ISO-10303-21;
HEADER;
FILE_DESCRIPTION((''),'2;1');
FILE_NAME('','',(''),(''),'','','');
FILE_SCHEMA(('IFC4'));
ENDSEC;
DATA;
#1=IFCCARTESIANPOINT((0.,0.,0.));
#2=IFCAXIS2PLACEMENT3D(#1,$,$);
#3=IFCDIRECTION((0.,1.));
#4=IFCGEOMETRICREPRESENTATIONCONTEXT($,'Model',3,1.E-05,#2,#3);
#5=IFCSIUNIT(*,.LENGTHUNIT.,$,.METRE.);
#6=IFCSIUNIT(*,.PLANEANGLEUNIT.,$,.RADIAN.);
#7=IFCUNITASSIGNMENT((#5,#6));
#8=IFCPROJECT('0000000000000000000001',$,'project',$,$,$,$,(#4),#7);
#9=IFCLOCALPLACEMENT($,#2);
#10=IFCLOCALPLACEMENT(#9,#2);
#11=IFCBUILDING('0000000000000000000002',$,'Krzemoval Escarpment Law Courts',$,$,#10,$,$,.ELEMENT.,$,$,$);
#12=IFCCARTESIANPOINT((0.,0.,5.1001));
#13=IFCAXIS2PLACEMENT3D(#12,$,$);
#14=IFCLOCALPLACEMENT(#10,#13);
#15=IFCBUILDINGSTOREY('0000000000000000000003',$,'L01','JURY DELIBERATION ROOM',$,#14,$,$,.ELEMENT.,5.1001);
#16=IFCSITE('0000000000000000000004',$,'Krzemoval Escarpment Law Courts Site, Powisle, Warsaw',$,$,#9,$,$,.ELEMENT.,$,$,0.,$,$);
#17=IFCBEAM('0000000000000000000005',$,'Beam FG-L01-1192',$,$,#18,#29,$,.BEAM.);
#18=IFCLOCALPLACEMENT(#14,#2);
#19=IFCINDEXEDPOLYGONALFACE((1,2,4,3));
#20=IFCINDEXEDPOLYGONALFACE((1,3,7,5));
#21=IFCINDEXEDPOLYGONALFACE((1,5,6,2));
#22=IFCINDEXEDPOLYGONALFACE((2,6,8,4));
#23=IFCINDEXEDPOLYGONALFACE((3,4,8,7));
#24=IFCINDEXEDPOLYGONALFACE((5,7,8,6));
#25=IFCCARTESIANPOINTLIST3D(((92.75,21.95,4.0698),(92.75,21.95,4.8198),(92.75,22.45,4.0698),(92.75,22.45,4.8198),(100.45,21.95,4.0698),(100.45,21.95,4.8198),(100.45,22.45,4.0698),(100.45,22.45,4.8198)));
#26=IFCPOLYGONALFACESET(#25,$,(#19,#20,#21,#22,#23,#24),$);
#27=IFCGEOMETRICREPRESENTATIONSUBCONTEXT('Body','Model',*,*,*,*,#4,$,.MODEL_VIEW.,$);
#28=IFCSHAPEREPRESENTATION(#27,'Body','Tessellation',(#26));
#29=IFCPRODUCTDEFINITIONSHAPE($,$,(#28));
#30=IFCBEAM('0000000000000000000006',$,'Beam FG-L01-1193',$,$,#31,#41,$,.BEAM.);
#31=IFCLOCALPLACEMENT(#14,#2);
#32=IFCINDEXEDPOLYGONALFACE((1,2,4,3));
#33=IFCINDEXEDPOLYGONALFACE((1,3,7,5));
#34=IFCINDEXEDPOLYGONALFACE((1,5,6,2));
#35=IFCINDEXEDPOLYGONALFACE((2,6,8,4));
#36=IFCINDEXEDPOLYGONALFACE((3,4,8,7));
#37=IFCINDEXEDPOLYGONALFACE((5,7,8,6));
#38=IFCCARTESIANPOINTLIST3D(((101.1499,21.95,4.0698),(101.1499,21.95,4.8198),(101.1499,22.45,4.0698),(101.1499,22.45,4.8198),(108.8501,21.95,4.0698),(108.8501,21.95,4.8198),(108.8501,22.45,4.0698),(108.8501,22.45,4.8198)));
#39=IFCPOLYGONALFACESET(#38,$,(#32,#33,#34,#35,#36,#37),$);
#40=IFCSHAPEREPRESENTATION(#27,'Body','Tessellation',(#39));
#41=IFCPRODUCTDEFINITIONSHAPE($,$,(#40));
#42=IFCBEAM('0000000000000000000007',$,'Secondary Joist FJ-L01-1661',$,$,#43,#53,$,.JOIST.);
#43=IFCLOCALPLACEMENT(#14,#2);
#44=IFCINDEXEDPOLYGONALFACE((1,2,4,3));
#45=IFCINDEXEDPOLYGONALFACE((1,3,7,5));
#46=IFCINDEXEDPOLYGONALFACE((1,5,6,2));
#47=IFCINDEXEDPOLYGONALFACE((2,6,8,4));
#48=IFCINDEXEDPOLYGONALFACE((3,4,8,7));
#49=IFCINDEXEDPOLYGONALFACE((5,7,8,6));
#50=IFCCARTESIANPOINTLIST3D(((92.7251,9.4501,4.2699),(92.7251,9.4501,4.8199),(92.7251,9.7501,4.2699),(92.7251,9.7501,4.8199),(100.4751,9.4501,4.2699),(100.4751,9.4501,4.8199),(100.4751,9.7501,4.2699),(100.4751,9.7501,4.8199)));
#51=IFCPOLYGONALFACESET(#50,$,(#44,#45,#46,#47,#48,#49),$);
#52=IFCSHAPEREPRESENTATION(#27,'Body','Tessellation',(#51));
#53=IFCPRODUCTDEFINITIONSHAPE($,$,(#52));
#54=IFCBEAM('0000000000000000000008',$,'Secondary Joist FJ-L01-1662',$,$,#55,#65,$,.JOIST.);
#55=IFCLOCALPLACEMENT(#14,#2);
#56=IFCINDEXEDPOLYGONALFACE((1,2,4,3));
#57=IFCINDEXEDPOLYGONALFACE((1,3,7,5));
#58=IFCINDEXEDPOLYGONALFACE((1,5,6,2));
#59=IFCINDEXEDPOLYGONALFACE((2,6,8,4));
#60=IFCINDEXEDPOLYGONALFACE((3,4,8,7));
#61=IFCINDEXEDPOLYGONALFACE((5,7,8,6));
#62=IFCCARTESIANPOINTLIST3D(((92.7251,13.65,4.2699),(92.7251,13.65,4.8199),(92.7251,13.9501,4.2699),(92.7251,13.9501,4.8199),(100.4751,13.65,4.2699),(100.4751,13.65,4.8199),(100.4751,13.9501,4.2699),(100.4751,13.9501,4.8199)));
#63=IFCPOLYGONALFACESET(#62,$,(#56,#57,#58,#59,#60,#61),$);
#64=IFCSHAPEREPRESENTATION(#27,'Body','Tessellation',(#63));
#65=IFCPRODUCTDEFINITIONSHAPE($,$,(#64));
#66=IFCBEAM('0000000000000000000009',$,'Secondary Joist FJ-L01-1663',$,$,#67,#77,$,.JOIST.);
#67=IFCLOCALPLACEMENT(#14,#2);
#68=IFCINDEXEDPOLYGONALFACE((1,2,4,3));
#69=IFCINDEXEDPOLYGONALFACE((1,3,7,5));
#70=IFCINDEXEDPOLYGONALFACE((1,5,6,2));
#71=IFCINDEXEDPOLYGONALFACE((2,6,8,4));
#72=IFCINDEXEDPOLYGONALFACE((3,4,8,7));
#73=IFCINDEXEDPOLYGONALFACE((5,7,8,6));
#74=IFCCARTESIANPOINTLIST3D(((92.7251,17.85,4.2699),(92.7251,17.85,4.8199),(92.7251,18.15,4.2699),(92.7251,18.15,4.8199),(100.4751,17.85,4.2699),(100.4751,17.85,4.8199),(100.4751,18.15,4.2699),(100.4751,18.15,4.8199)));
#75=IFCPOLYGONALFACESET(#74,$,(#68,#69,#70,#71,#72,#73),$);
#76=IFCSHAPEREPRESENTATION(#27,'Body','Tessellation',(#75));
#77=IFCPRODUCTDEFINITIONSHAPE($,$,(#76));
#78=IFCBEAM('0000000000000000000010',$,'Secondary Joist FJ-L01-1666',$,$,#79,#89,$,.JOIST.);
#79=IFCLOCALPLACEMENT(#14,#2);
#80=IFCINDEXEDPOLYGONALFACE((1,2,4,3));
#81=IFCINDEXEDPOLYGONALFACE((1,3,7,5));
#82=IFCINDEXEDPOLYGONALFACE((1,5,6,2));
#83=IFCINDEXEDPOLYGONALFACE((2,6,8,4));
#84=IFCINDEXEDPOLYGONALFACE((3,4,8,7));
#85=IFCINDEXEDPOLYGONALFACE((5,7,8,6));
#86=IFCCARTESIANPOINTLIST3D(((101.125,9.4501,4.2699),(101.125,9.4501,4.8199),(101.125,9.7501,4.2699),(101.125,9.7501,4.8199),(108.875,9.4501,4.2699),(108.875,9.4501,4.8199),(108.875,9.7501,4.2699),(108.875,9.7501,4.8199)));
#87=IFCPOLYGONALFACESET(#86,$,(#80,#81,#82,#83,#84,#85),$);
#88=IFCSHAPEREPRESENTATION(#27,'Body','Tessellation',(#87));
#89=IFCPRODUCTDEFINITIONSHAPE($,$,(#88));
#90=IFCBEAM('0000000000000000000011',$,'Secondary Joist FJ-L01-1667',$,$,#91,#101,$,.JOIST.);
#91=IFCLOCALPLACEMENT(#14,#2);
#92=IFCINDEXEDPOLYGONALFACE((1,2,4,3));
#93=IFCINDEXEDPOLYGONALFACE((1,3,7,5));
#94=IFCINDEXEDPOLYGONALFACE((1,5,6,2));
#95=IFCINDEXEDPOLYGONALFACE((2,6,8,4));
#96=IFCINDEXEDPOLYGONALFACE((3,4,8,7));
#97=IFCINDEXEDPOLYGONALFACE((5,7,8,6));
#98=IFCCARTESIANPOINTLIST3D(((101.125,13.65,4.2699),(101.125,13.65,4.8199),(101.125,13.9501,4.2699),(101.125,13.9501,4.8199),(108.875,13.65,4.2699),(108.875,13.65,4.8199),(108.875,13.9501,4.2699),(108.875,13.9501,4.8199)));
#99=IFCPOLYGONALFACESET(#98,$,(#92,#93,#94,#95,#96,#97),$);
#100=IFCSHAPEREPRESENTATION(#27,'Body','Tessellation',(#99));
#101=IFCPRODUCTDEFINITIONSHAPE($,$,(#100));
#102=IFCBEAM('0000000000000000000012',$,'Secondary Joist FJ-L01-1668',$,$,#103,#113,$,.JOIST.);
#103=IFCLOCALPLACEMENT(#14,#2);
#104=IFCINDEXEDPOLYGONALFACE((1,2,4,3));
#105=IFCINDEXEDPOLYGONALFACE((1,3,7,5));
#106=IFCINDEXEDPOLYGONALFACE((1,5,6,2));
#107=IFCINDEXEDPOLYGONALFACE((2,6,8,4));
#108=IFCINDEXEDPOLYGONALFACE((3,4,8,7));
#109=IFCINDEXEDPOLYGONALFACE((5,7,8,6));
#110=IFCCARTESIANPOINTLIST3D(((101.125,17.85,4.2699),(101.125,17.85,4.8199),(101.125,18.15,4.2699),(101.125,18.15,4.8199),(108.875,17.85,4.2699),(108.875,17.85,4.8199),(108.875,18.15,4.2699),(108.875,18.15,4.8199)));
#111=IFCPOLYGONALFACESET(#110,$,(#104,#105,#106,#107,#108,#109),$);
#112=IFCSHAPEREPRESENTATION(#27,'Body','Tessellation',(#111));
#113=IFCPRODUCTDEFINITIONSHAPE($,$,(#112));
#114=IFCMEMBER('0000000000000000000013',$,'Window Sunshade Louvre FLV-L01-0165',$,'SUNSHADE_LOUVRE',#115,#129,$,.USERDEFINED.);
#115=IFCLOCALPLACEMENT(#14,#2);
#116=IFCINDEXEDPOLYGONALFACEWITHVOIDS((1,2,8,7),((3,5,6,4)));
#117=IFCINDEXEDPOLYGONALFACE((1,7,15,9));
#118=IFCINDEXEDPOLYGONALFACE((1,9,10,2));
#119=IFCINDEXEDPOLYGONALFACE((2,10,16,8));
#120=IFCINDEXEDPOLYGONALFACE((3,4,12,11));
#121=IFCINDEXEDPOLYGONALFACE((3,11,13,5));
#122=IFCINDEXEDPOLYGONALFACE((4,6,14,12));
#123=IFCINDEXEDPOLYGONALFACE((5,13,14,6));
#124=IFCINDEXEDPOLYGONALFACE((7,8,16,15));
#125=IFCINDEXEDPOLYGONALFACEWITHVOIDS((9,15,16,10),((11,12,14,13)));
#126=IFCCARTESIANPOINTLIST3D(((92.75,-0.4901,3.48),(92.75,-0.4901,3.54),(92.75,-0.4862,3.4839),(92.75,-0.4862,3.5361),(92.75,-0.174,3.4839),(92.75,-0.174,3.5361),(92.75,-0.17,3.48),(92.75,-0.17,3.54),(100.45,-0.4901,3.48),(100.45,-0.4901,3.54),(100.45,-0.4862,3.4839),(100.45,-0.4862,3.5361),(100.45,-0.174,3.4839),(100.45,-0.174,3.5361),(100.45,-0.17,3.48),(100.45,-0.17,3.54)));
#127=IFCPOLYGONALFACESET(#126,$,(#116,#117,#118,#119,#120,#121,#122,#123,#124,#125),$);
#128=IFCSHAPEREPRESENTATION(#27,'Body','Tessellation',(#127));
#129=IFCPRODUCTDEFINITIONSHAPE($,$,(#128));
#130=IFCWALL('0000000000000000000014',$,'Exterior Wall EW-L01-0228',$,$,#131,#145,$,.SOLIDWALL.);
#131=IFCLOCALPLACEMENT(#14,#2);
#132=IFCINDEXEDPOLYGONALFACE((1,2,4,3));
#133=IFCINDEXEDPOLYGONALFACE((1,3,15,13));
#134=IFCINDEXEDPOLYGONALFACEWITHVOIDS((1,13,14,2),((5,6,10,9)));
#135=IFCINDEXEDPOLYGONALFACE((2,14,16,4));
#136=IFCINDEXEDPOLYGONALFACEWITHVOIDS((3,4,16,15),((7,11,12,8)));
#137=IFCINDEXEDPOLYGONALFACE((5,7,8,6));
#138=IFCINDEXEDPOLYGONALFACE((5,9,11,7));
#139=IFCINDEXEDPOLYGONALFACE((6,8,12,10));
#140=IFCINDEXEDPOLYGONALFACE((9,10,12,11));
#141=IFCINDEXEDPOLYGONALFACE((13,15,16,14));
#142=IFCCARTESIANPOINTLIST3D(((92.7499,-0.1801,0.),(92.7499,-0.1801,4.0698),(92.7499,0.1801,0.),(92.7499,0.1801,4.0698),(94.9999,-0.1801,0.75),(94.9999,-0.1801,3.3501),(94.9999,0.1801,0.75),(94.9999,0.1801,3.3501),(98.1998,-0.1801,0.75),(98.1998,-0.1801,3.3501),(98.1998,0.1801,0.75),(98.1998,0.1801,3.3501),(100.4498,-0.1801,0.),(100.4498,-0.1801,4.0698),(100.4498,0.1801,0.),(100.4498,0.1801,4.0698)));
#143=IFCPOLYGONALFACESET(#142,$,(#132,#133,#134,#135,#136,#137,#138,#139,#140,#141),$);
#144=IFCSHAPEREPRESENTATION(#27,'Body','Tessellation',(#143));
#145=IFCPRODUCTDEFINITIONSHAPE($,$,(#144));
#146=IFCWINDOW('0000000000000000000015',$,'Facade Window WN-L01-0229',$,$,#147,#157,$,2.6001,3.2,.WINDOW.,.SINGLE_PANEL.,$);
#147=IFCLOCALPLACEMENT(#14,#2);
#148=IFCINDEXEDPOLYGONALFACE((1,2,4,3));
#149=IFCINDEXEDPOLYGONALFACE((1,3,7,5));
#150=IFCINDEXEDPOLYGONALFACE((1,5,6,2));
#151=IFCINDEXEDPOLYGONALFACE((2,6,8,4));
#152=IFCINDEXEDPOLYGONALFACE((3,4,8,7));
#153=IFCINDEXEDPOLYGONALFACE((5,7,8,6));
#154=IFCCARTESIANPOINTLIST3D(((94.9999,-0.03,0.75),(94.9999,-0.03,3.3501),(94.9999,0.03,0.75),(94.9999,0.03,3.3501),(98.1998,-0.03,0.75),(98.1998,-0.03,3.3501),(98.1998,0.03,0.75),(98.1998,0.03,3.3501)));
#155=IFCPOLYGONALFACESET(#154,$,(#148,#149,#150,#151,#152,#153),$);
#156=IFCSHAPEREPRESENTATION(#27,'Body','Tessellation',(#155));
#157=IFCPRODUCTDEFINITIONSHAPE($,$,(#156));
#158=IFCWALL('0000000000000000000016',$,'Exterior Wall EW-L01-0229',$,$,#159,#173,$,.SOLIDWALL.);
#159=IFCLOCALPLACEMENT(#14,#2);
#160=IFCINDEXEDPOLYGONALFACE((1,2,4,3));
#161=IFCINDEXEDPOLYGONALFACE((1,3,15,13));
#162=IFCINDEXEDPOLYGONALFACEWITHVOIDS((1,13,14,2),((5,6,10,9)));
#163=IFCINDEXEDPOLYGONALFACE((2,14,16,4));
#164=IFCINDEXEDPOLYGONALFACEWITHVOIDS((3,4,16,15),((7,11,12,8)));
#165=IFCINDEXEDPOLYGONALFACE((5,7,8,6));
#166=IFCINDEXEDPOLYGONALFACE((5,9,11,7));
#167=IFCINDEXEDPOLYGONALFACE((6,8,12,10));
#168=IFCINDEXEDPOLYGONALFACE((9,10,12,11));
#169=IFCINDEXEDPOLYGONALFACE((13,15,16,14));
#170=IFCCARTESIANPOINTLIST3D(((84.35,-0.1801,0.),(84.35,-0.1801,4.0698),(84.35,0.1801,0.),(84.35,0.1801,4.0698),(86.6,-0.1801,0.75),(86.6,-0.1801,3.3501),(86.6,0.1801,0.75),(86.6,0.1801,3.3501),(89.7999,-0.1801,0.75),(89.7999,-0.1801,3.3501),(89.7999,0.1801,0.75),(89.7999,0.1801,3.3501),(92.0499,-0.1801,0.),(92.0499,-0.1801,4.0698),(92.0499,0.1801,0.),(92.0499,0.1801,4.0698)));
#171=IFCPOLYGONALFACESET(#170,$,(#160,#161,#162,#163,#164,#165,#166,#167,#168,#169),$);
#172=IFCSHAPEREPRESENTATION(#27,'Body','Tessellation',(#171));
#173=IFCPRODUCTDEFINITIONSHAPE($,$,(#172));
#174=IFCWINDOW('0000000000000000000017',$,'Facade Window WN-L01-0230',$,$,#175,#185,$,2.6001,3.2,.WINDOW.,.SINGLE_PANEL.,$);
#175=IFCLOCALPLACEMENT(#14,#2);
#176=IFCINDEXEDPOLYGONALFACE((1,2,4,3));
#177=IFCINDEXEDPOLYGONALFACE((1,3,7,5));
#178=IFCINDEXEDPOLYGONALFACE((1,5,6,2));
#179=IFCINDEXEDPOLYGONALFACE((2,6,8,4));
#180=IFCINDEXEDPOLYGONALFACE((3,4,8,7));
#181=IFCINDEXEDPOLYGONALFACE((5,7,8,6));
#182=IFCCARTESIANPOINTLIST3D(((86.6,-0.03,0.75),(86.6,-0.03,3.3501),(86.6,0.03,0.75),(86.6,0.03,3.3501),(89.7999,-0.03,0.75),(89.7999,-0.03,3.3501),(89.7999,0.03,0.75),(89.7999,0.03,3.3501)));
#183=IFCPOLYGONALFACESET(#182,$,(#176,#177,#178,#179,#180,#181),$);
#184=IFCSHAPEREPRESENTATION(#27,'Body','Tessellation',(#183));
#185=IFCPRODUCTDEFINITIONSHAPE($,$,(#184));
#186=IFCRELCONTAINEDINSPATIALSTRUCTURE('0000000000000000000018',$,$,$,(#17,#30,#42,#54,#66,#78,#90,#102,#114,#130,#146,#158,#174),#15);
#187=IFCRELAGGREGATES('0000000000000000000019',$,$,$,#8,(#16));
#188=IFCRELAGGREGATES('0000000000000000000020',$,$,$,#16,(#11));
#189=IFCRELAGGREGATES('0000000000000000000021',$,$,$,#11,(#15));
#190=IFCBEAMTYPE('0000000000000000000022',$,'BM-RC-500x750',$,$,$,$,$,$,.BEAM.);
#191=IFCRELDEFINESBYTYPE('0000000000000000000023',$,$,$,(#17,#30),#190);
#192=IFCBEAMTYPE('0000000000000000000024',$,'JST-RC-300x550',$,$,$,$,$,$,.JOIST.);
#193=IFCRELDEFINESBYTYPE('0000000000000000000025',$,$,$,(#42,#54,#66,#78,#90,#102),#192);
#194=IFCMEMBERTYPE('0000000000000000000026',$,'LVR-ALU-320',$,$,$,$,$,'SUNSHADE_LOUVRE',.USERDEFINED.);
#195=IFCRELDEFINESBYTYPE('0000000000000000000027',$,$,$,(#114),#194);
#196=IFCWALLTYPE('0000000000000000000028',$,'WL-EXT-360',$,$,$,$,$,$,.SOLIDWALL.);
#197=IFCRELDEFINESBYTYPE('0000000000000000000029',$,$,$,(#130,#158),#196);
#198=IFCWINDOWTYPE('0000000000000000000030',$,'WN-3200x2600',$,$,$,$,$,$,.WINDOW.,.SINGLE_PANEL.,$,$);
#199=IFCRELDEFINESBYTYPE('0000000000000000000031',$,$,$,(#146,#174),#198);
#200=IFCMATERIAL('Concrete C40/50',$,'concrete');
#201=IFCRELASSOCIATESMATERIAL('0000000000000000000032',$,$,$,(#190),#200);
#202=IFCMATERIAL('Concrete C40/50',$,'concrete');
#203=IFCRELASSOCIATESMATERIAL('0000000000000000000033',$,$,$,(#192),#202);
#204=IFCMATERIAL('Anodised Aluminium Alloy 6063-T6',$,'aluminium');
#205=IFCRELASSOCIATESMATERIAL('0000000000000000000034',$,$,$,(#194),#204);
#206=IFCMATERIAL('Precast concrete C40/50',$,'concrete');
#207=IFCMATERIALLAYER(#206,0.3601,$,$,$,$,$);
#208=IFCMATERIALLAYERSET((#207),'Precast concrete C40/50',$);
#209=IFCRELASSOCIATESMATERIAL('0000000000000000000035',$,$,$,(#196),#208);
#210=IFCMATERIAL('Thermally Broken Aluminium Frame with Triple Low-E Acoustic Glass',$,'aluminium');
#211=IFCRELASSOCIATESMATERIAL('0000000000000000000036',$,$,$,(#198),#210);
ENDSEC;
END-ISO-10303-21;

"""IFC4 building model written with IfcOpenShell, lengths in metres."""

from ifc_helpers import new_model, si_unit, direction, frame, frame_2d, origin, origin_2d, place, context, subcontext, project, spatial, rectangle, hollow_rectangle, extrude, material, layer, layer_set, material_profile, profile_set, type_object, element, fill, save


model = new_model("IFC4")

# Units and contexts
model_context = context("Model", 3, precision=1e-05, world=origin(), true_north=direction((0.0, 1.0)))
body_context = subcontext(model_context, "Body", "Model", "MODEL_VIEW")
ifc_project = project(units=[si_unit("LENGTHUNIT", "METRE"), si_unit("PLANEANGLEUNIT", "RADIAN")], contexts=[model_context])

# Site, building, storey
site_placement = place(None, origin())
site = spatial("IfcSite", under=ifc_project, at=site_placement, Name="Krzemoval Escarpment Law Courts Site, Powisle, Warsaw", CompositionType="ELEMENT", RefElevation=0.0)
building_placement = place(site_placement, origin())
building = spatial("IfcBuilding", under=site, at=building_placement, Name="Krzemoval Escarpment Law Courts", CompositionType="ELEMENT")
storey_placement = place(building_placement, frame((0.0, 0.0, 5.1001)))
storey = spatial("IfcBuildingStorey", under=building, at=storey_placement, Name="L01", Description="JURY DELIBERATION ROOM", CompositionType="ELEMENT", Elevation=5.1001)

# Beams
ifc_material_1 = material(Name="Concrete C40/50", Category="concrete")
ifc_material_profile_1 = material_profile(ifc_material_1, rectangle(XDim=0.5, YDim=0.75, at=origin_2d()), Name="RCB 500x750")
ifc_profile_set_1 = profile_set([ifc_material_profile_1], Name="Concrete C40/50")
beam_type_1 = type_object("IfcBeamType", Name="BM-RC-500x750", PredefinedType="BEAM", material=ifc_profile_set_1)
beam_1_placement = place(storey_placement, frame((92.75, 22.2, 4.4448), z_axis=(1.0, 0.0, 0.0), x_axis=(0.0, 1.0, 0.0)))
element("IfcBeam", 1, at=beam_1_placement, inside=storey, type_object=beam_type_1, Name="Beam FG-L01-1192", PredefinedType="BEAM", context=body_context, shape_type="SweptSolid", body=[
    extrude(rectangle(XDim=0.5, YDim=0.75, at=origin_2d()), origin(), (0.0, 0.0, 1.0), 7.7),
])
beam_2_placement = place(storey_placement, frame((101.1499, 22.2, 4.4448), z_axis=(1.0, 0.0, 0.0), x_axis=(0.0, 1.0, 0.0)))
element("IfcBeam", 2, at=beam_2_placement, inside=storey, type_object=beam_type_1, Name="Beam FG-L01-1193", PredefinedType="BEAM", context=body_context, shape_type="SweptSolid", body=[
    extrude(rectangle(XDim=0.5, YDim=0.75, at=origin_2d()), origin(), (0.0, 0.0, 1.0), 7.7002),
])
ifc_material_2 = material(Name="Concrete C40/50", Category="concrete")
ifc_material_profile_2 = material_profile(ifc_material_2, rectangle(XDim=0.3, YDim=0.55, at=origin_2d()), Name="RCB 300x550")
ifc_profile_set_2 = profile_set([ifc_material_profile_2], Name="Concrete C40/50")
beam_type_2 = type_object("IfcBeamType", Name="JST-RC-300x550", PredefinedType="JOIST", material=ifc_profile_set_2)
for number, where, z_axis, x_axis, name in (
    (3, (92.7251, 9.6001, 4.5449), (1.0, 0.0, 0.0), (0.0, 1.0, 0.0), "Secondary Joist FJ-L01-1661"),
    (4, (92.7251, 13.8, 4.5449), (1.0, 0.0, 0.0), (0.0, 1.0, 0.0), "Secondary Joist FJ-L01-1662"),
    (5, (92.7251, 18.0, 4.5449), (1.0, 0.0, 0.0), (0.0, 1.0, 0.0), "Secondary Joist FJ-L01-1663"),
    (6, (101.125, 9.6001, 4.5449), (1.0, 0.0, 0.0), (0.0, 1.0, 0.0), "Secondary Joist FJ-L01-1666"),
    (7, (101.125, 13.8, 4.5449), (1.0, 0.0, 0.0), (0.0, 1.0, 0.0), "Secondary Joist FJ-L01-1667"),
    (8, (101.125, 18.0, 4.5449), (1.0, 0.0, 0.0), (0.0, 1.0, 0.0), "Secondary Joist FJ-L01-1668"),
):
    element("IfcBeam", number, at=place(storey_placement, frame(where, z_axis=z_axis, x_axis=x_axis)), inside=storey, type_object=beam_type_2, Name=name, PredefinedType="JOIST", context=body_context, shape_type="SweptSolid", body=[
        extrude(rectangle(XDim=0.3, YDim=0.55, at=origin_2d()), origin(), (0.0, 0.0, 1.0), 7.75),
    ])

# Member
ifc_material_3 = material(Name="Anodised Aluminium Alloy 6063-T6", Category="aluminium")
ifc_material_profile_3 = material_profile(ifc_material_3, hollow_rectangle(XDim=0.0601, YDim=0.3201, WallThickness=0.0039, at=origin_2d()), Name="ALU LVR 60x320")
ifc_profile_set_3 = profile_set([ifc_material_profile_3], Name="Anodised Aluminium Alloy 6063-T6")
member_type = type_object("IfcMemberType", Name="LVR-ALU-320", ElementType="SUNSHADE_LOUVRE", PredefinedType="USERDEFINED", material=ifc_profile_set_3)
member_placement = place(storey_placement, frame((100.45, -0.3301, 3.51), z_axis=(-1.0, 0.0, 0.0), x_axis=(0.0, 0.0, 1.0)))
element("IfcMember", 9, at=member_placement, inside=storey, type_object=member_type, Name="Window Sunshade Louvre FLV-L01-0165", ObjectType="SUNSHADE_LOUVRE", PredefinedType="USERDEFINED", context=body_context, shape_type="SweptSolid", body=[
    extrude(hollow_rectangle(XDim=0.0601, YDim=0.3201, WallThickness=0.0039, at=origin_2d()), origin(), (0.0, 0.0, 1.0), 7.7),
])

# Walls, openings, windows
ifc_material_4 = material(Name="Precast concrete C40/50", Category="concrete")
ifc_layer_1 = layer(ifc_material_4, 0.3601)
ifc_layer_set_1 = layer_set([ifc_layer_1], Name="Precast concrete C40/50")
wall_type_1 = type_object("IfcWallType", Name="WL-EXT-360", PredefinedType="SOLIDWALL", material=ifc_layer_set_1)
wall_1_placement = place(storey_placement, frame((100.45, 0.0, 0.0), z_axis=(0.0, 0.0, 1.0), x_axis=(-1.0, 0.0, 0.0)))
wall_1 = element("IfcWall", 10, at=wall_1_placement, inside=storey, type_object=wall_type_1, Name="Exterior Wall EW-L01-0228", PredefinedType="SOLIDWALL", context=body_context, shape_type="SweptSolid", body=[
    extrude(rectangle(XDim=7.7, YDim=0.3601, at=frame_2d((3.8501, 0.0))), origin(), (0.0, 0.0, 1.0), 4.0698),
])
opening_1_placement = place(wall_1_placement, frame((2.25, 0.0, 0.75)))
opening_1 = element("IfcOpeningElement", 11, at=opening_1_placement, cuts=wall_1, PredefinedType="OPENING", context=body_context, shape_type="SweptSolid", body=[
    extrude(rectangle(XDim=3.2, YDim=2.6001, at=frame_2d((1.6001, 1.3))), frame((0.0, 0.1951, 0.0), z_axis=(0.0, -1.0, 0.0), x_axis=(1.0, 0.0, 0.0)), (0.0, 0.0, 1.0), 0.3901),
])
ifc_material_5 = material(Name="Thermally Broken Aluminium Frame with Triple Low-E Acoustic Glass", Category="aluminium")
window_type = type_object("IfcWindowType", Name="WN-3200x2600", PartitioningType="SINGLE_PANEL", PredefinedType="WINDOW", material=ifc_material_5)
window_1_placement = place(opening_1_placement, origin())
window_1 = element("IfcWindow", 12, at=window_1_placement, inside=storey, type_object=window_type, Name="Facade Window WN-L01-0229", OverallHeight=2.6001, OverallWidth=3.2, PartitioningType="SINGLE_PANEL", PredefinedType="WINDOW", context=body_context, shape_type="SweptSolid", body=[
    extrude(rectangle(XDim=3.2, YDim=2.6001, at=frame_2d((1.6001, 1.3))), frame((0.0, 0.03, 0.0), z_axis=(0.0, -1.0, 0.0), x_axis=(1.0, 0.0, 0.0)), (0.0, 0.0, 1.0), 0.0601),
])
fill(opening_1, window_1)
wall_2_placement = place(storey_placement, frame((92.05, 0.0, 0.0), z_axis=(0.0, 0.0, 1.0), x_axis=(-1.0, 0.0, 0.0)))
wall_2 = element("IfcWall", 13, at=wall_2_placement, inside=storey, type_object=wall_type_1, Name="Exterior Wall EW-L01-0229", PredefinedType="SOLIDWALL", context=body_context, shape_type="SweptSolid", body=[
    extrude(rectangle(XDim=7.7, YDim=0.3601, at=frame_2d((3.8501, 0.0))), origin(), (0.0, 0.0, 1.0), 4.0698),
])
opening_2_placement = place(wall_2_placement, frame((2.25, 0.0, 0.75)))
opening_2 = element("IfcOpeningElement", 14, at=opening_2_placement, cuts=wall_2, PredefinedType="OPENING", context=body_context, shape_type="SweptSolid", body=[
    extrude(rectangle(XDim=3.2, YDim=2.6001, at=frame_2d((1.6001, 1.3))), frame((0.0, 0.1951, 0.0), z_axis=(0.0, -1.0, 0.0), x_axis=(1.0, 0.0, 0.0)), (0.0, 0.0, 1.0), 0.3901),
])
window_2_placement = place(opening_2_placement, origin())
window_2 = element("IfcWindow", 15, at=window_2_placement, inside=storey, type_object=window_type, Name="Facade Window WN-L01-0230", OverallHeight=2.6001, OverallWidth=3.2, PartitioningType="SINGLE_PANEL", PredefinedType="WINDOW", context=body_context, shape_type="SweptSolid", body=[
    extrude(rectangle(XDim=3.2, YDim=2.6001, at=frame_2d((1.6001, 1.3))), frame((0.0, 0.03, 0.0), z_axis=(0.0, -1.0, 0.0), x_axis=(1.0, 0.0, 0.0)), (0.0, 0.0, 1.0), 0.0601),
])
fill(opening_2, window_2)

save(model, "model.ifc")
